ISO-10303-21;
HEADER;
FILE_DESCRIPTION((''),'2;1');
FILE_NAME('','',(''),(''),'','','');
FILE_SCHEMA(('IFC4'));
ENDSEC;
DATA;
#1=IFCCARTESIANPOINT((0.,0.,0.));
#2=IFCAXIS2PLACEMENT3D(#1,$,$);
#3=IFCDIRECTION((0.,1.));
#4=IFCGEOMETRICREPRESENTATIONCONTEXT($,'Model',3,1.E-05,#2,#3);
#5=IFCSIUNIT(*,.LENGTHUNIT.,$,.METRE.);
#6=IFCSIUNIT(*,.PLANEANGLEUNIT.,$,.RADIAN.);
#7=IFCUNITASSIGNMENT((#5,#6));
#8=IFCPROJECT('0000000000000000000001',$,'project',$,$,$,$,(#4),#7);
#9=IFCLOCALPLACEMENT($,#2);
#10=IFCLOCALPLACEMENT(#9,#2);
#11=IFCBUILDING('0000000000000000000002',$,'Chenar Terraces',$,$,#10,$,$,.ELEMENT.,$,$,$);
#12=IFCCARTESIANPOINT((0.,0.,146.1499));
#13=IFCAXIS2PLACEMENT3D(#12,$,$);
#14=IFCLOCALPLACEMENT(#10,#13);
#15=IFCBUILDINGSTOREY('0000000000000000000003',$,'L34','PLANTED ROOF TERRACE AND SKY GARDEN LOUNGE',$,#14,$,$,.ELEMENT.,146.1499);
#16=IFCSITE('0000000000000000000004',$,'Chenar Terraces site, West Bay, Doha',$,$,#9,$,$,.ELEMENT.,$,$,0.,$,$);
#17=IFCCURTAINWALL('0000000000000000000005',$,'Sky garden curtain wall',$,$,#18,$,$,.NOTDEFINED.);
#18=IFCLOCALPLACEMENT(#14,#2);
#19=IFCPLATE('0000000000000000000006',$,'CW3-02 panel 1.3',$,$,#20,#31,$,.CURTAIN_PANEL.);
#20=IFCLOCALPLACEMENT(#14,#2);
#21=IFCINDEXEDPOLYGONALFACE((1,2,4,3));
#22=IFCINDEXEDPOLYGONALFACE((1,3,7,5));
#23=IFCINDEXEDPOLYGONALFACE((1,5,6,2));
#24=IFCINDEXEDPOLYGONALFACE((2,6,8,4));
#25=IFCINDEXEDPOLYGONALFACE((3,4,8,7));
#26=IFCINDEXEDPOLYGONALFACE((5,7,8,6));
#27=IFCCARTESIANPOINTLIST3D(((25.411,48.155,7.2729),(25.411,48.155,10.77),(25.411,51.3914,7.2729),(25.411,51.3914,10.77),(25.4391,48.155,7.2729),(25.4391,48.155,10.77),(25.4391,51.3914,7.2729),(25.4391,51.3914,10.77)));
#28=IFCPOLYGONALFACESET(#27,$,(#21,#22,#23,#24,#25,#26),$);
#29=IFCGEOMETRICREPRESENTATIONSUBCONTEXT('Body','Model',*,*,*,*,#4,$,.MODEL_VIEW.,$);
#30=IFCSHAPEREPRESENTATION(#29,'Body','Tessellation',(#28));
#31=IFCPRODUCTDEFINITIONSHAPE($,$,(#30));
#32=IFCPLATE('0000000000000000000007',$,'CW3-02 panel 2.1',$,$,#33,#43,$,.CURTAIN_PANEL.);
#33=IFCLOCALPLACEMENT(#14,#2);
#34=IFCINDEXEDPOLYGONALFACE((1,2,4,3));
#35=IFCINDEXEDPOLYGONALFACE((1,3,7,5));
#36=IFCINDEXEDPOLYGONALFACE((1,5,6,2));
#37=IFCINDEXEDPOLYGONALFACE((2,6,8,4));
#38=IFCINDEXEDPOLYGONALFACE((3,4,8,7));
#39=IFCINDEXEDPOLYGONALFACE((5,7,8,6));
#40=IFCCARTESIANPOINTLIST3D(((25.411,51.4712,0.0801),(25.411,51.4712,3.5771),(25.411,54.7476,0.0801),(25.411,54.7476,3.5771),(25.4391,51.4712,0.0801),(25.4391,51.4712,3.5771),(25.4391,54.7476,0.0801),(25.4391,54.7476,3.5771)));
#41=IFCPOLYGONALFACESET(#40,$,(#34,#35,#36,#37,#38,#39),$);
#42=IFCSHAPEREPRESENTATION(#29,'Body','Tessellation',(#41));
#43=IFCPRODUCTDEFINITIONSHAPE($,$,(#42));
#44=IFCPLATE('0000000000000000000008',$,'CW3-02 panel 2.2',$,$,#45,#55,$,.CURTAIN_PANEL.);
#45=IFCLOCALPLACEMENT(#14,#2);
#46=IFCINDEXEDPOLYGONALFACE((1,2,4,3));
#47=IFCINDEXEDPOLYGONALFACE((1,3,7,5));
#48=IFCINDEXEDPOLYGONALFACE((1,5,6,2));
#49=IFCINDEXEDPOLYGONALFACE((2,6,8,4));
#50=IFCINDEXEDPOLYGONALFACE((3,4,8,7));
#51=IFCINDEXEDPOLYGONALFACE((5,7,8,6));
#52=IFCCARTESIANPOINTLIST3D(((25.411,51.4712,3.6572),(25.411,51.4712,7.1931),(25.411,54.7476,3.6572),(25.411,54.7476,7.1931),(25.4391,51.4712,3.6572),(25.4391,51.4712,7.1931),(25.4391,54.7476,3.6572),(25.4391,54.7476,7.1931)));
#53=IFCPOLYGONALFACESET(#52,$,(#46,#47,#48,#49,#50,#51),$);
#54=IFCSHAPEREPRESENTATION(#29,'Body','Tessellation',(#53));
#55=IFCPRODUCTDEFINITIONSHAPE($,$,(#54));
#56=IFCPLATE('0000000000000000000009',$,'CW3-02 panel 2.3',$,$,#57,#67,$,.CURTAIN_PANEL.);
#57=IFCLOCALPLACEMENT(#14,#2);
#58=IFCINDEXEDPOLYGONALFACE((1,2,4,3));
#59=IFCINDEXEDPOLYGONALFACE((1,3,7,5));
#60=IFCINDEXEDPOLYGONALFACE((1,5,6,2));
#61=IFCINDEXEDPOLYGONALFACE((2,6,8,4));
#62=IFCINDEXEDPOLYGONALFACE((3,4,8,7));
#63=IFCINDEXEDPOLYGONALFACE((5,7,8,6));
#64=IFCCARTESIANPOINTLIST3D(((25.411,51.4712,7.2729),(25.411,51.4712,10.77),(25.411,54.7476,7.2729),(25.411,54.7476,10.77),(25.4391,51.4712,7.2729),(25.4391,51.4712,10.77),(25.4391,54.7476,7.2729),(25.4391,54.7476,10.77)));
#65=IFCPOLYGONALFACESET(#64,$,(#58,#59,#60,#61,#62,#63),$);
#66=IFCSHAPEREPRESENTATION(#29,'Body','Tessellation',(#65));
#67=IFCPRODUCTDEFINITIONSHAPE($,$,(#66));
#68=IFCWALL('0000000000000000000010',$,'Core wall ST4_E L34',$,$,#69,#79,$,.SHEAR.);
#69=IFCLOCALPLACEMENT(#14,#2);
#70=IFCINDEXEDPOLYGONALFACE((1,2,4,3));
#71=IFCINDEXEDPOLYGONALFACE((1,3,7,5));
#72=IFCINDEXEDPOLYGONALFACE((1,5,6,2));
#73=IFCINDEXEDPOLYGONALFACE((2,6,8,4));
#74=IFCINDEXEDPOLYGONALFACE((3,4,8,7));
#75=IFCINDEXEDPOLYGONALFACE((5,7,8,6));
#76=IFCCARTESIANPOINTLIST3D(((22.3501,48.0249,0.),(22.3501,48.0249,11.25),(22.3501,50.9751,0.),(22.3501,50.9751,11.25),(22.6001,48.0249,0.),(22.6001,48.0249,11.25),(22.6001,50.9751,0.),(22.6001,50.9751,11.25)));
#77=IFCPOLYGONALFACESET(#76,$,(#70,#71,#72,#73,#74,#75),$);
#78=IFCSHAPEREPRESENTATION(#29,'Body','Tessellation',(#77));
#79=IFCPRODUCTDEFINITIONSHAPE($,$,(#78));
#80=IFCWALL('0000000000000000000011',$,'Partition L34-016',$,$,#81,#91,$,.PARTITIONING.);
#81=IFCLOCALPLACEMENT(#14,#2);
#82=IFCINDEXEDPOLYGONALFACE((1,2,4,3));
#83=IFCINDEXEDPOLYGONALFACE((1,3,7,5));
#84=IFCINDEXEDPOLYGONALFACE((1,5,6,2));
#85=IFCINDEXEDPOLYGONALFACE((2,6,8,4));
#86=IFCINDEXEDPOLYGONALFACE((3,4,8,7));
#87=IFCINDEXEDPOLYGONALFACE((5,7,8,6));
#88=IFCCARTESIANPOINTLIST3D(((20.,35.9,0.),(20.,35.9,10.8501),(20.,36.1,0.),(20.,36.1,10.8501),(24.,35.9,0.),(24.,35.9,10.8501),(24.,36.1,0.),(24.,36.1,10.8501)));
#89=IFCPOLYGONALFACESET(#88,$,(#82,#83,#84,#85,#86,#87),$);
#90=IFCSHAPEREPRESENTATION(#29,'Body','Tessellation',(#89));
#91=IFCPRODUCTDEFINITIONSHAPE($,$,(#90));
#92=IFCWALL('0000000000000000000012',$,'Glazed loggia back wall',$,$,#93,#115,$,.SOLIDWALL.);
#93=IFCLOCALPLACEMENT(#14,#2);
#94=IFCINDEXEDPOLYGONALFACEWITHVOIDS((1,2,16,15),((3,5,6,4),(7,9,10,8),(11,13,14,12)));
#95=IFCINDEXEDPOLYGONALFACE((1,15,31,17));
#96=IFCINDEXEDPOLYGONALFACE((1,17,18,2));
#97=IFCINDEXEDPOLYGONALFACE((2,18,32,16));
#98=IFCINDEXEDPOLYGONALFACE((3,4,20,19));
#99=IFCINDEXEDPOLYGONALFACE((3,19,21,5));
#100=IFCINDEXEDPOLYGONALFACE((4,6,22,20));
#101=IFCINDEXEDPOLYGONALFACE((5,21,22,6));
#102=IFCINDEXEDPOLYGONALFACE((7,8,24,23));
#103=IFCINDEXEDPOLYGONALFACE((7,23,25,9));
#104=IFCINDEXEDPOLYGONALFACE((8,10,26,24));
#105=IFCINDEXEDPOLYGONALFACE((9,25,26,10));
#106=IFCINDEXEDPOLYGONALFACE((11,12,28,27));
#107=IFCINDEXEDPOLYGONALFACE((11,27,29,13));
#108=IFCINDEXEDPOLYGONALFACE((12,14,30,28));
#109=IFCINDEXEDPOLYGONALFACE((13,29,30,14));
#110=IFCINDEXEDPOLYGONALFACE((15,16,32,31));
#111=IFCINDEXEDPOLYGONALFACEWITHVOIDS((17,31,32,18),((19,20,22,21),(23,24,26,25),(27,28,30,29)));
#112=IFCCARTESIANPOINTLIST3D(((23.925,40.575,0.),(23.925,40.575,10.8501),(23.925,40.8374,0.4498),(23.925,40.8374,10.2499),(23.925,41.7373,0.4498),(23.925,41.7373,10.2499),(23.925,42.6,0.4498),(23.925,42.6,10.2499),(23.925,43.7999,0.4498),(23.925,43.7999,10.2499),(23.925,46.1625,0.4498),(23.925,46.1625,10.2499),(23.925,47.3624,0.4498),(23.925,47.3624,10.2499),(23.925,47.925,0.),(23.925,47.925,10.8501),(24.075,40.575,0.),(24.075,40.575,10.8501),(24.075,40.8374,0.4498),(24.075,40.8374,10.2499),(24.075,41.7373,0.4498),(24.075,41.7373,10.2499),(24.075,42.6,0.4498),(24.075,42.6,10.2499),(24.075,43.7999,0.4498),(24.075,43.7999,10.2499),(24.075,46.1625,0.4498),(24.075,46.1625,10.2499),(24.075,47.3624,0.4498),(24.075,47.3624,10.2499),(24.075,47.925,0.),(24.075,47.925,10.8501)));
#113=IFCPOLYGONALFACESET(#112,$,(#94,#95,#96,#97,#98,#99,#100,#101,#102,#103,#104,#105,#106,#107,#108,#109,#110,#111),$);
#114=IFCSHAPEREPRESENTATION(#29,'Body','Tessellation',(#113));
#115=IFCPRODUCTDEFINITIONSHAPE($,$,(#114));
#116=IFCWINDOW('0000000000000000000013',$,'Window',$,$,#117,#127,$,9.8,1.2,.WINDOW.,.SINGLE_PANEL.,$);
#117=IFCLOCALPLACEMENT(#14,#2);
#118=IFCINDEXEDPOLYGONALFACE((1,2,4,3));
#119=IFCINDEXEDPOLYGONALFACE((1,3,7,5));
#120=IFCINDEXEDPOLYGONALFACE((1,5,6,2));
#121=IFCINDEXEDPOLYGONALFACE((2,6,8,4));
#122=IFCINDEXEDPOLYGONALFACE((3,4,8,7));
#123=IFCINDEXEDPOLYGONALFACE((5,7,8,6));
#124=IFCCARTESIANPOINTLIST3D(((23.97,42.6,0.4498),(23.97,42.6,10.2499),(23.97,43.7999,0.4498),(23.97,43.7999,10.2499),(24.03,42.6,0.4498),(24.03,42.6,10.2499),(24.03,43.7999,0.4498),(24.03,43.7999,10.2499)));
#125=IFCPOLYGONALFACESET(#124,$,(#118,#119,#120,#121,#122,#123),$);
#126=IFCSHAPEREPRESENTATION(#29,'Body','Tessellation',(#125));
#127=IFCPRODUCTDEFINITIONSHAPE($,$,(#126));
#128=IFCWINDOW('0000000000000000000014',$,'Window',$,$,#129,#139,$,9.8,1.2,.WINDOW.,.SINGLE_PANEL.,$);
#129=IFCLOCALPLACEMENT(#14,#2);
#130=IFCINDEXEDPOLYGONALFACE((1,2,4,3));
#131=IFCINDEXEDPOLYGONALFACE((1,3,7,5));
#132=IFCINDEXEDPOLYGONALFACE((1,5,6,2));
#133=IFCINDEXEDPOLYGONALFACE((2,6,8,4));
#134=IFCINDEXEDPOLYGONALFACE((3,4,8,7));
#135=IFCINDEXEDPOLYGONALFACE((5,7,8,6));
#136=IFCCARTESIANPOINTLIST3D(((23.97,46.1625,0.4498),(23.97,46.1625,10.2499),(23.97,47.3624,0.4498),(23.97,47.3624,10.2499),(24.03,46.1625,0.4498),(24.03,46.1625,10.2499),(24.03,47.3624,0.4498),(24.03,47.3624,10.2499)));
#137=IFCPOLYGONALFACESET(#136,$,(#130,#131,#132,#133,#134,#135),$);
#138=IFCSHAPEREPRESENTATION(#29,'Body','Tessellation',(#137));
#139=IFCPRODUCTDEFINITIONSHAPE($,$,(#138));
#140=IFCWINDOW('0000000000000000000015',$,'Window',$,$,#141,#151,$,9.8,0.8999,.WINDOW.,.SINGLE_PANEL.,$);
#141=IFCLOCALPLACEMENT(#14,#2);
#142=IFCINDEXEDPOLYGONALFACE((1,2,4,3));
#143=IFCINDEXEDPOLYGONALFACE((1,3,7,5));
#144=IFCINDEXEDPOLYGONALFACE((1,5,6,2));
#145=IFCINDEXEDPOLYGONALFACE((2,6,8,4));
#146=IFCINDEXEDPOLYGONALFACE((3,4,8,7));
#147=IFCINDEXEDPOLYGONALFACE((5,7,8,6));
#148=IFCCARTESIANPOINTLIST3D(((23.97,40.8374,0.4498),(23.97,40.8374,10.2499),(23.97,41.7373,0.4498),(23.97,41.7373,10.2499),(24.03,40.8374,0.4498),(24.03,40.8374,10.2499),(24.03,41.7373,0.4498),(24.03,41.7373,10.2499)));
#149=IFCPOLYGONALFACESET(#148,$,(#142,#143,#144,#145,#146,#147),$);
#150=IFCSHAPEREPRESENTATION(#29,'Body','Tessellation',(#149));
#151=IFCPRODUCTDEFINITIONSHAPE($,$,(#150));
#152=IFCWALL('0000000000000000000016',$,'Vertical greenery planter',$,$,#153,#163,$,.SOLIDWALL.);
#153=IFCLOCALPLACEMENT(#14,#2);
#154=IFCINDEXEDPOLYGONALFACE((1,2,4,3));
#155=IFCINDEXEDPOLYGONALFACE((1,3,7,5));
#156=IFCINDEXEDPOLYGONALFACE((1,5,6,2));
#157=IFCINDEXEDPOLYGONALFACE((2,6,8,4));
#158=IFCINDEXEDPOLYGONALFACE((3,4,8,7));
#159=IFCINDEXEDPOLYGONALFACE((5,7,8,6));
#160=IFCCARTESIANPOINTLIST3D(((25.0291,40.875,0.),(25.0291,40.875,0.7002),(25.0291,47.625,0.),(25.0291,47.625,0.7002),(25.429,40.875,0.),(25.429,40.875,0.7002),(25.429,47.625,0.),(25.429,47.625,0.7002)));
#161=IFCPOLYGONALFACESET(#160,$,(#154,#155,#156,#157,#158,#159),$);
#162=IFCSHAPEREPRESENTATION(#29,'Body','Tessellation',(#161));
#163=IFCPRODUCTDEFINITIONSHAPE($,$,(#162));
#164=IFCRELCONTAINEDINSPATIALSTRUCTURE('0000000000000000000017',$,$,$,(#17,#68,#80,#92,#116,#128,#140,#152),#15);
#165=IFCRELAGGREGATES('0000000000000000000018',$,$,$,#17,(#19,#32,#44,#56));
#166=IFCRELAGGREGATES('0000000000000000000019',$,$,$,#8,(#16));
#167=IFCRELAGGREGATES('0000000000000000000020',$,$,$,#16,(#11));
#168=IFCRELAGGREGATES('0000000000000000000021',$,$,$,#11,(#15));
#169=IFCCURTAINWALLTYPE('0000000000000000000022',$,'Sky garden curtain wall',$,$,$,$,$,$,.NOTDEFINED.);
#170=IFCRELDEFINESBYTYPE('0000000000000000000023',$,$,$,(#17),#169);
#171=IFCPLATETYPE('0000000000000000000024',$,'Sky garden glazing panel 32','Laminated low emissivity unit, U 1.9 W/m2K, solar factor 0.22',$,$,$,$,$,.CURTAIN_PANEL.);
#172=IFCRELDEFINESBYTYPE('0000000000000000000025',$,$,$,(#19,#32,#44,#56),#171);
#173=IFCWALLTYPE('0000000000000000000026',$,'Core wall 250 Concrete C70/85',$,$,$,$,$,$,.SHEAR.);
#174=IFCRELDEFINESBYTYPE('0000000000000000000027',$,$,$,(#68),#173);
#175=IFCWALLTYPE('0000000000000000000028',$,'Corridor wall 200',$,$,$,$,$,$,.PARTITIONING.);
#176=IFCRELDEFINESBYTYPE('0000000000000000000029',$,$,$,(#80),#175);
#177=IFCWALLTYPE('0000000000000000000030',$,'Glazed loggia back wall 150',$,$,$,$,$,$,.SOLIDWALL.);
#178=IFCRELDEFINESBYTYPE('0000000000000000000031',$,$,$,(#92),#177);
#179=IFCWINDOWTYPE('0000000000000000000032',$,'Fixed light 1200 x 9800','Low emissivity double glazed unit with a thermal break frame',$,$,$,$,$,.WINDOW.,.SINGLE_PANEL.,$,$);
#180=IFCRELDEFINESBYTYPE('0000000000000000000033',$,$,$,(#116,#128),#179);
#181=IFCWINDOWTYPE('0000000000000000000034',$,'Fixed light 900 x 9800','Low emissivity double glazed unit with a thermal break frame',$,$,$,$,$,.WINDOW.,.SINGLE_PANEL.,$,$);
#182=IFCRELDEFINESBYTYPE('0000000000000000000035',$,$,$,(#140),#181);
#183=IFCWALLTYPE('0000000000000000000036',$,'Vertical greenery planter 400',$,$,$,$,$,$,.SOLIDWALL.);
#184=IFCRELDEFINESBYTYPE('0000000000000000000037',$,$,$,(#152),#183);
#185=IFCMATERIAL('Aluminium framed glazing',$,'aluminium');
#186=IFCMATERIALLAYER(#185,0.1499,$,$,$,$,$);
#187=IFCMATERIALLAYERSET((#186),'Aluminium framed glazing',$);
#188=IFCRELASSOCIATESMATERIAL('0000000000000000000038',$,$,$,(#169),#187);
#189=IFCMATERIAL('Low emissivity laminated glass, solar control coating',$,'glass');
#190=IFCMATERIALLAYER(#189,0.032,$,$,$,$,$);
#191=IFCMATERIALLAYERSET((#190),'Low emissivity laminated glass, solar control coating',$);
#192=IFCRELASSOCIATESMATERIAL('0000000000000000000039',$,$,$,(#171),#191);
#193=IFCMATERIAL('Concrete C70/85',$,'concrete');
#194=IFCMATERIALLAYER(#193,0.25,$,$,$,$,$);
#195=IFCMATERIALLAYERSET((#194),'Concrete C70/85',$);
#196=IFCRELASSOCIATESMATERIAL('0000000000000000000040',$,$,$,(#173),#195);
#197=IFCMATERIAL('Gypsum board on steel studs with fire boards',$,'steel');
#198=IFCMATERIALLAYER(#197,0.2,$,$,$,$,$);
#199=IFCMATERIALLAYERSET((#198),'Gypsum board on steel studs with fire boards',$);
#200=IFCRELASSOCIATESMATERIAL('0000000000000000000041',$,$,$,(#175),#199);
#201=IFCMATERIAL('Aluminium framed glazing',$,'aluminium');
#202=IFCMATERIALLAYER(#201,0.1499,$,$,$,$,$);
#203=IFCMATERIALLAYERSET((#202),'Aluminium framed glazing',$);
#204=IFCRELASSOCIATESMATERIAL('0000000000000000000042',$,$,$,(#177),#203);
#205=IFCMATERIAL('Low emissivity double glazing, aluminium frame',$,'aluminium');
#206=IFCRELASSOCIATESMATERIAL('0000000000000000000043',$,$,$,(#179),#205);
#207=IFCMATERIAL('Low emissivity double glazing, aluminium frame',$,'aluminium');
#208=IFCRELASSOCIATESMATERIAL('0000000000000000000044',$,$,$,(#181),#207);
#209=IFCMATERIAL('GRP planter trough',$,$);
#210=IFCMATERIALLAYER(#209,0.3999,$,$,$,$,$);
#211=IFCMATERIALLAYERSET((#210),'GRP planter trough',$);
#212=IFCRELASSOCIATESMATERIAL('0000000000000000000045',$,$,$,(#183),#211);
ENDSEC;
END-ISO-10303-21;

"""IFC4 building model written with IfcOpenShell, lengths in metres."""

from ifc_helpers import new_model, si_unit, direction, frame, frame_2d, origin, origin_2d, place, context, subcontext, project, spatial, rectangle, extrude, material, layer, layer_set, type_object, element, fill, aggregate, save


model = new_model("IFC4")

# Units and contexts
model_context = context("Model", 3, precision=1e-05, world=origin(), true_north=direction((0.0, 1.0)))
body_context = subcontext(model_context, "Body", "Model", "MODEL_VIEW")
ifc_project = project(units=[si_unit("LENGTHUNIT", "METRE"), si_unit("PLANEANGLEUNIT", "RADIAN")], contexts=[model_context])

# Site, building, storey
site_placement = place(None, origin())
site = spatial("IfcSite", under=ifc_project, at=site_placement, Name="Chenar Terraces site, West Bay, Doha", CompositionType="ELEMENT", RefElevation=0.0)
building_placement = place(site_placement, origin())
building = spatial("IfcBuilding", under=site, at=building_placement, Name="Chenar Terraces", CompositionType="ELEMENT")
storey_placement = place(building_placement, frame((0.0, 0.0, 146.1499)))
storey = spatial("IfcBuildingStorey", under=building, at=storey_placement, Name="L34", Description="PLANTED ROOF TERRACE AND SKY GARDEN LOUNGE", CompositionType="ELEMENT", Elevation=146.1499)

# Curtain wall, plates
ifc_material_1 = material(Name="Aluminium framed glazing", Category="aluminium")
ifc_layer_1 = layer(ifc_material_1, 0.1499)
ifc_layer_set_1 = layer_set([ifc_layer_1], Name="Aluminium framed glazing")
curtain_wall_type = type_object("IfcCurtainWallType", Name="Sky garden curtain wall", PredefinedType="NOTDEFINED", material=ifc_layer_set_1)
placement = place(storey_placement, origin())
curtain_wall = element("IfcCurtainWall", 1, at=placement, inside=storey, type_object=curtain_wall_type, Name="Sky garden curtain wall", PredefinedType="NOTDEFINED")
ifc_material_2 = material(Name="Low emissivity laminated glass, solar control coating", Category="glass")
ifc_layer_2 = layer(ifc_material_2, 0.032)
ifc_layer_set_2 = layer_set([ifc_layer_2], Name="Low emissivity laminated glass, solar control coating")
plate_type = type_object("IfcPlateType", Name="Sky garden glazing panel 32", Description="Laminated low emissivity unit, U 1.9 W/m2K, solar factor 0.22", PredefinedType="CURTAIN_PANEL", material=ifc_layer_set_2)
plate_1_placement = place(storey_placement, frame((25.425, 49.7732, 7.2729), z_axis=(0.0, 0.0, 1.0), x_axis=(0.0, 1.0, 0.0)))
plate_1 = element("IfcPlate", 2, at=plate_1_placement, type_object=plate_type, Name="CW3-02 panel 1.3", PredefinedType="CURTAIN_PANEL", context=body_context, shape_type="SweptSolid", body=[
    extrude(rectangle(XDim=3.2363, YDim=0.0281, at=origin_2d()), origin(), (0.0, 0.0, 1.0), 3.4971),
])
plate_2_placement = place(storey_placement, frame((25.425, 53.1094, 0.0801), z_axis=(0.0, 0.0, 1.0), x_axis=(0.0, 1.0, 0.0)))
plate_2 = element("IfcPlate", 3, at=plate_2_placement, type_object=plate_type, Name="CW3-02 panel 2.1", PredefinedType="CURTAIN_PANEL", context=body_context, shape_type="SweptSolid", body=[
    extrude(rectangle(XDim=3.2764, YDim=0.0281, at=origin_2d()), origin(), (0.0, 0.0, 1.0), 3.4971),
])
plate_3_placement = place(storey_placement, frame((25.425, 53.1094, 3.6572), z_axis=(0.0, 0.0, 1.0), x_axis=(0.0, 1.0, 0.0)))
plate_3 = element("IfcPlate", 4, at=plate_3_placement, type_object=plate_type, Name="CW3-02 panel 2.2", PredefinedType="CURTAIN_PANEL", context=body_context, shape_type="SweptSolid", body=[
    extrude(rectangle(XDim=3.2764, YDim=0.0281, at=origin_2d()), origin(), (0.0, 0.0, 1.0), 3.5359),
])
plate_4_placement = place(storey_placement, frame((25.425, 53.1094, 7.2729), z_axis=(0.0, 0.0, 1.0), x_axis=(0.0, 1.0, 0.0)))
plate_4 = element("IfcPlate", 5, at=plate_4_placement, type_object=plate_type, Name="CW3-02 panel 2.3", PredefinedType="CURTAIN_PANEL", context=body_context, shape_type="SweptSolid", body=[
    extrude(rectangle(XDim=3.2764, YDim=0.0281, at=origin_2d()), origin(), (0.0, 0.0, 1.0), 3.4971),
])
aggregate(curtain_wall, [plate_1, plate_2, plate_3, plate_4])

# Walls
ifc_material_3 = material(Name="Concrete C70/85", Category="concrete")
ifc_layer_3 = layer(ifc_material_3, 0.25)
ifc_layer_set_3 = layer_set([ifc_layer_3], Name="Concrete C70/85")
wall_type_1 = type_object("IfcWallType", Name="Core wall 250 Concrete C70/85", PredefinedType="SHEAR", material=ifc_layer_set_3)
wall_1_placement = place(storey_placement, frame((22.4751, 48.0249, 0.0), z_axis=(0.0, 0.0, 1.0), x_axis=(0.0, 1.0, 0.0)))
element("IfcWall", 6, at=wall_1_placement, inside=storey, type_object=wall_type_1, Name="Core wall ST4_E L34", PredefinedType="SHEAR", context=body_context, shape_type="SweptSolid", body=[
    extrude(rectangle(XDim=2.9502, YDim=0.25, at=frame_2d((1.4751, 0.0))), origin(), (0.0, 0.0, 1.0), 11.25),
])
ifc_material_4 = material(Name="Gypsum board on steel studs with fire boards", Category="steel")
ifc_layer_4 = layer(ifc_material_4, 0.2)
ifc_layer_set_4 = layer_set([ifc_layer_4], Name="Gypsum board on steel studs with fire boards")
wall_type_2 = type_object("IfcWallType", Name="Corridor wall 200", PredefinedType="PARTITIONING", material=ifc_layer_set_4)
wall_2_placement = place(storey_placement, frame((20.0, 36.0, 0.0), z_axis=(0.0, 0.0, 1.0), x_axis=(1.0, 0.0, 0.0)))
element("IfcWall", 7, at=wall_2_placement, inside=storey, type_object=wall_type_2, Name="Partition L34-016", PredefinedType="PARTITIONING", context=body_context, shape_type="SweptSolid", body=[
    extrude(rectangle(XDim=4.0, YDim=0.2, at=frame_2d((2.0, 0.0))), origin(), (0.0, 0.0, 1.0), 10.8501),
])

# Wall, openings, windows
ifc_material_5 = material(Name="Aluminium framed glazing", Category="aluminium")
ifc_layer_5 = layer(ifc_material_5, 0.1499)
ifc_layer_set_5 = layer_set([ifc_layer_5], Name="Aluminium framed glazing")
wall_type_3 = type_object("IfcWallType", Name="Glazed loggia back wall 150", PredefinedType="SOLIDWALL", material=ifc_layer_set_5)
wall_3_placement = place(storey_placement, frame((24.0, 40.575, 0.0), z_axis=(0.0, 0.0, 1.0), x_axis=(0.0, 1.0, 0.0)))
wall_3 = element("IfcWall", 8, at=wall_3_placement, inside=storey, type_object=wall_type_3, Name="Glazed loggia back wall", PredefinedType="SOLIDWALL", context=body_context, shape_type="SweptSolid", body=[
    extrude(rectangle(XDim=7.3501, YDim=0.1499, at=frame_2d((3.675, 0.0))), origin(), (0.0, 0.0, 1.0), 10.8501),
])
opening_1_placement = place(wall_3_placement, frame((0.2625, 0.0, 0.45)))
opening_1 = element("IfcOpeningElement", 9, at=opening_1_placement, cuts=wall_3, PredefinedType="OPENING", context=body_context, shape_type="SweptSolid", body=[
    extrude(rectangle(XDim=0.8999, YDim=9.8, at=frame_2d((0.45, 4.8999))), frame((0.0, 0.085, 0.0), z_axis=(0.0, -1.0, 0.0), x_axis=(1.0, 0.0, 0.0)), (0.0, 0.0, 1.0), 0.1699),
])
opening_2_placement = place(wall_3_placement, frame((2.0249, 0.0, 0.45)))
opening_2 = element("IfcOpeningElement", 10, at=opening_2_placement, cuts=wall_3, PredefinedType="OPENING", context=body_context, shape_type="SweptSolid", body=[
    extrude(rectangle(XDim=1.2, YDim=9.8, at=frame_2d((0.6001, 4.8999))), frame((0.0, 0.085, 0.0), z_axis=(0.0, -1.0, 0.0), x_axis=(1.0, 0.0, 0.0)), (0.0, 0.0, 1.0), 0.1699),
])
opening_3_placement = place(wall_3_placement, frame((5.5874, 0.0, 0.45)))
opening_3 = element("IfcOpeningElement", 11, at=opening_3_placement, cuts=wall_3, PredefinedType="OPENING", context=body_context, shape_type="SweptSolid", body=[
    extrude(rectangle(XDim=1.2, YDim=9.8, at=frame_2d((0.6001, 4.8999))), frame((0.0, 0.085, 0.0), z_axis=(0.0, -1.0, 0.0), x_axis=(1.0, 0.0, 0.0)), (0.0, 0.0, 1.0), 0.1699),
])
ifc_material_6 = material(Name="Low emissivity double glazing, aluminium frame", Category="aluminium")
window_type_1 = type_object("IfcWindowType", Name="Fixed light 1200 x 9800", Description="Low emissivity double glazed unit with a thermal break frame", PartitioningType="SINGLE_PANEL", PredefinedType="WINDOW", material=ifc_material_6)
window_1_placement = place(opening_2_placement, origin())
window_1 = element("IfcWindow", 12, at=window_1_placement, inside=storey, type_object=window_type_1, Name="Window", OverallHeight=9.8, OverallWidth=1.2, PartitioningType="SINGLE_PANEL", PredefinedType="WINDOW", context=body_context, shape_type="SweptSolid", body=[
    extrude(rectangle(XDim=1.2, YDim=9.8, at=frame_2d((0.6001, 4.8999))), frame((0.0, 0.03, 0.0), z_axis=(0.0, -1.0, 0.0), x_axis=(1.0, 0.0, 0.0)), (0.0, 0.0, 1.0), 0.0601),
])
fill(opening_2, window_1)
window_2_placement = place(opening_3_placement, origin())
window_2 = element("IfcWindow", 13, at=window_2_placement, inside=storey, type_object=window_type_1, Name="Window", OverallHeight=9.8, OverallWidth=1.2, PartitioningType="SINGLE_PANEL", PredefinedType="WINDOW", context=body_context, shape_type="SweptSolid", body=[
    extrude(rectangle(XDim=1.2, YDim=9.8, at=frame_2d((0.6001, 4.8999))), frame((0.0, 0.03, 0.0), z_axis=(0.0, -1.0, 0.0), x_axis=(1.0, 0.0, 0.0)), (0.0, 0.0, 1.0), 0.0601),
])
fill(opening_3, window_2)
ifc_material_7 = material(Name="Low emissivity double glazing, aluminium frame", Category="aluminium")
window_type_2 = type_object("IfcWindowType", Name="Fixed light 900 x 9800", Description="Low emissivity double glazed unit with a thermal break frame", PartitioningType="SINGLE_PANEL", PredefinedType="WINDOW", material=ifc_material_7)
window_3_placement = place(opening_1_placement, origin())
window_3 = element("IfcWindow", 14, at=window_3_placement, inside=storey, type_object=window_type_2, Name="Window", OverallHeight=9.8, OverallWidth=0.8999, PartitioningType="SINGLE_PANEL", PredefinedType="WINDOW", context=body_context, shape_type="SweptSolid", body=[
    extrude(rectangle(XDim=0.8999, YDim=9.8, at=frame_2d((0.45, 4.8999))), frame((0.0, 0.03, 0.0), z_axis=(0.0, -1.0, 0.0), x_axis=(1.0, 0.0, 0.0)), (0.0, 0.0, 1.0), 0.0601),
])
fill(opening_1, window_3)

# Wall
ifc_material_8 = material(Name="GRP planter trough")
ifc_layer_6 = layer(ifc_material_8, 0.3999)
ifc_layer_set_6 = layer_set([ifc_layer_6], Name="GRP planter trough")
wall_type_4 = type_object("IfcWallType", Name="Vertical greenery planter 400", PredefinedType="SOLIDWALL", material=ifc_layer_set_6)
wall_4_placement = place(storey_placement, frame((25.229, 40.875, 0.0), z_axis=(0.0, 0.0, 1.0), x_axis=(0.0, 1.0, 0.0)))
element("IfcWall", 15, at=wall_4_placement, inside=storey, type_object=wall_type_4, Name="Vertical greenery planter", PredefinedType="SOLIDWALL", context=body_context, shape_type="SweptSolid", body=[
    extrude(rectangle(XDim=6.75, YDim=0.3999, at=frame_2d((3.375, 0.0))), origin(), (0.0, 0.0, 1.0), 0.7002),
])

save(model, "model.ifc")
